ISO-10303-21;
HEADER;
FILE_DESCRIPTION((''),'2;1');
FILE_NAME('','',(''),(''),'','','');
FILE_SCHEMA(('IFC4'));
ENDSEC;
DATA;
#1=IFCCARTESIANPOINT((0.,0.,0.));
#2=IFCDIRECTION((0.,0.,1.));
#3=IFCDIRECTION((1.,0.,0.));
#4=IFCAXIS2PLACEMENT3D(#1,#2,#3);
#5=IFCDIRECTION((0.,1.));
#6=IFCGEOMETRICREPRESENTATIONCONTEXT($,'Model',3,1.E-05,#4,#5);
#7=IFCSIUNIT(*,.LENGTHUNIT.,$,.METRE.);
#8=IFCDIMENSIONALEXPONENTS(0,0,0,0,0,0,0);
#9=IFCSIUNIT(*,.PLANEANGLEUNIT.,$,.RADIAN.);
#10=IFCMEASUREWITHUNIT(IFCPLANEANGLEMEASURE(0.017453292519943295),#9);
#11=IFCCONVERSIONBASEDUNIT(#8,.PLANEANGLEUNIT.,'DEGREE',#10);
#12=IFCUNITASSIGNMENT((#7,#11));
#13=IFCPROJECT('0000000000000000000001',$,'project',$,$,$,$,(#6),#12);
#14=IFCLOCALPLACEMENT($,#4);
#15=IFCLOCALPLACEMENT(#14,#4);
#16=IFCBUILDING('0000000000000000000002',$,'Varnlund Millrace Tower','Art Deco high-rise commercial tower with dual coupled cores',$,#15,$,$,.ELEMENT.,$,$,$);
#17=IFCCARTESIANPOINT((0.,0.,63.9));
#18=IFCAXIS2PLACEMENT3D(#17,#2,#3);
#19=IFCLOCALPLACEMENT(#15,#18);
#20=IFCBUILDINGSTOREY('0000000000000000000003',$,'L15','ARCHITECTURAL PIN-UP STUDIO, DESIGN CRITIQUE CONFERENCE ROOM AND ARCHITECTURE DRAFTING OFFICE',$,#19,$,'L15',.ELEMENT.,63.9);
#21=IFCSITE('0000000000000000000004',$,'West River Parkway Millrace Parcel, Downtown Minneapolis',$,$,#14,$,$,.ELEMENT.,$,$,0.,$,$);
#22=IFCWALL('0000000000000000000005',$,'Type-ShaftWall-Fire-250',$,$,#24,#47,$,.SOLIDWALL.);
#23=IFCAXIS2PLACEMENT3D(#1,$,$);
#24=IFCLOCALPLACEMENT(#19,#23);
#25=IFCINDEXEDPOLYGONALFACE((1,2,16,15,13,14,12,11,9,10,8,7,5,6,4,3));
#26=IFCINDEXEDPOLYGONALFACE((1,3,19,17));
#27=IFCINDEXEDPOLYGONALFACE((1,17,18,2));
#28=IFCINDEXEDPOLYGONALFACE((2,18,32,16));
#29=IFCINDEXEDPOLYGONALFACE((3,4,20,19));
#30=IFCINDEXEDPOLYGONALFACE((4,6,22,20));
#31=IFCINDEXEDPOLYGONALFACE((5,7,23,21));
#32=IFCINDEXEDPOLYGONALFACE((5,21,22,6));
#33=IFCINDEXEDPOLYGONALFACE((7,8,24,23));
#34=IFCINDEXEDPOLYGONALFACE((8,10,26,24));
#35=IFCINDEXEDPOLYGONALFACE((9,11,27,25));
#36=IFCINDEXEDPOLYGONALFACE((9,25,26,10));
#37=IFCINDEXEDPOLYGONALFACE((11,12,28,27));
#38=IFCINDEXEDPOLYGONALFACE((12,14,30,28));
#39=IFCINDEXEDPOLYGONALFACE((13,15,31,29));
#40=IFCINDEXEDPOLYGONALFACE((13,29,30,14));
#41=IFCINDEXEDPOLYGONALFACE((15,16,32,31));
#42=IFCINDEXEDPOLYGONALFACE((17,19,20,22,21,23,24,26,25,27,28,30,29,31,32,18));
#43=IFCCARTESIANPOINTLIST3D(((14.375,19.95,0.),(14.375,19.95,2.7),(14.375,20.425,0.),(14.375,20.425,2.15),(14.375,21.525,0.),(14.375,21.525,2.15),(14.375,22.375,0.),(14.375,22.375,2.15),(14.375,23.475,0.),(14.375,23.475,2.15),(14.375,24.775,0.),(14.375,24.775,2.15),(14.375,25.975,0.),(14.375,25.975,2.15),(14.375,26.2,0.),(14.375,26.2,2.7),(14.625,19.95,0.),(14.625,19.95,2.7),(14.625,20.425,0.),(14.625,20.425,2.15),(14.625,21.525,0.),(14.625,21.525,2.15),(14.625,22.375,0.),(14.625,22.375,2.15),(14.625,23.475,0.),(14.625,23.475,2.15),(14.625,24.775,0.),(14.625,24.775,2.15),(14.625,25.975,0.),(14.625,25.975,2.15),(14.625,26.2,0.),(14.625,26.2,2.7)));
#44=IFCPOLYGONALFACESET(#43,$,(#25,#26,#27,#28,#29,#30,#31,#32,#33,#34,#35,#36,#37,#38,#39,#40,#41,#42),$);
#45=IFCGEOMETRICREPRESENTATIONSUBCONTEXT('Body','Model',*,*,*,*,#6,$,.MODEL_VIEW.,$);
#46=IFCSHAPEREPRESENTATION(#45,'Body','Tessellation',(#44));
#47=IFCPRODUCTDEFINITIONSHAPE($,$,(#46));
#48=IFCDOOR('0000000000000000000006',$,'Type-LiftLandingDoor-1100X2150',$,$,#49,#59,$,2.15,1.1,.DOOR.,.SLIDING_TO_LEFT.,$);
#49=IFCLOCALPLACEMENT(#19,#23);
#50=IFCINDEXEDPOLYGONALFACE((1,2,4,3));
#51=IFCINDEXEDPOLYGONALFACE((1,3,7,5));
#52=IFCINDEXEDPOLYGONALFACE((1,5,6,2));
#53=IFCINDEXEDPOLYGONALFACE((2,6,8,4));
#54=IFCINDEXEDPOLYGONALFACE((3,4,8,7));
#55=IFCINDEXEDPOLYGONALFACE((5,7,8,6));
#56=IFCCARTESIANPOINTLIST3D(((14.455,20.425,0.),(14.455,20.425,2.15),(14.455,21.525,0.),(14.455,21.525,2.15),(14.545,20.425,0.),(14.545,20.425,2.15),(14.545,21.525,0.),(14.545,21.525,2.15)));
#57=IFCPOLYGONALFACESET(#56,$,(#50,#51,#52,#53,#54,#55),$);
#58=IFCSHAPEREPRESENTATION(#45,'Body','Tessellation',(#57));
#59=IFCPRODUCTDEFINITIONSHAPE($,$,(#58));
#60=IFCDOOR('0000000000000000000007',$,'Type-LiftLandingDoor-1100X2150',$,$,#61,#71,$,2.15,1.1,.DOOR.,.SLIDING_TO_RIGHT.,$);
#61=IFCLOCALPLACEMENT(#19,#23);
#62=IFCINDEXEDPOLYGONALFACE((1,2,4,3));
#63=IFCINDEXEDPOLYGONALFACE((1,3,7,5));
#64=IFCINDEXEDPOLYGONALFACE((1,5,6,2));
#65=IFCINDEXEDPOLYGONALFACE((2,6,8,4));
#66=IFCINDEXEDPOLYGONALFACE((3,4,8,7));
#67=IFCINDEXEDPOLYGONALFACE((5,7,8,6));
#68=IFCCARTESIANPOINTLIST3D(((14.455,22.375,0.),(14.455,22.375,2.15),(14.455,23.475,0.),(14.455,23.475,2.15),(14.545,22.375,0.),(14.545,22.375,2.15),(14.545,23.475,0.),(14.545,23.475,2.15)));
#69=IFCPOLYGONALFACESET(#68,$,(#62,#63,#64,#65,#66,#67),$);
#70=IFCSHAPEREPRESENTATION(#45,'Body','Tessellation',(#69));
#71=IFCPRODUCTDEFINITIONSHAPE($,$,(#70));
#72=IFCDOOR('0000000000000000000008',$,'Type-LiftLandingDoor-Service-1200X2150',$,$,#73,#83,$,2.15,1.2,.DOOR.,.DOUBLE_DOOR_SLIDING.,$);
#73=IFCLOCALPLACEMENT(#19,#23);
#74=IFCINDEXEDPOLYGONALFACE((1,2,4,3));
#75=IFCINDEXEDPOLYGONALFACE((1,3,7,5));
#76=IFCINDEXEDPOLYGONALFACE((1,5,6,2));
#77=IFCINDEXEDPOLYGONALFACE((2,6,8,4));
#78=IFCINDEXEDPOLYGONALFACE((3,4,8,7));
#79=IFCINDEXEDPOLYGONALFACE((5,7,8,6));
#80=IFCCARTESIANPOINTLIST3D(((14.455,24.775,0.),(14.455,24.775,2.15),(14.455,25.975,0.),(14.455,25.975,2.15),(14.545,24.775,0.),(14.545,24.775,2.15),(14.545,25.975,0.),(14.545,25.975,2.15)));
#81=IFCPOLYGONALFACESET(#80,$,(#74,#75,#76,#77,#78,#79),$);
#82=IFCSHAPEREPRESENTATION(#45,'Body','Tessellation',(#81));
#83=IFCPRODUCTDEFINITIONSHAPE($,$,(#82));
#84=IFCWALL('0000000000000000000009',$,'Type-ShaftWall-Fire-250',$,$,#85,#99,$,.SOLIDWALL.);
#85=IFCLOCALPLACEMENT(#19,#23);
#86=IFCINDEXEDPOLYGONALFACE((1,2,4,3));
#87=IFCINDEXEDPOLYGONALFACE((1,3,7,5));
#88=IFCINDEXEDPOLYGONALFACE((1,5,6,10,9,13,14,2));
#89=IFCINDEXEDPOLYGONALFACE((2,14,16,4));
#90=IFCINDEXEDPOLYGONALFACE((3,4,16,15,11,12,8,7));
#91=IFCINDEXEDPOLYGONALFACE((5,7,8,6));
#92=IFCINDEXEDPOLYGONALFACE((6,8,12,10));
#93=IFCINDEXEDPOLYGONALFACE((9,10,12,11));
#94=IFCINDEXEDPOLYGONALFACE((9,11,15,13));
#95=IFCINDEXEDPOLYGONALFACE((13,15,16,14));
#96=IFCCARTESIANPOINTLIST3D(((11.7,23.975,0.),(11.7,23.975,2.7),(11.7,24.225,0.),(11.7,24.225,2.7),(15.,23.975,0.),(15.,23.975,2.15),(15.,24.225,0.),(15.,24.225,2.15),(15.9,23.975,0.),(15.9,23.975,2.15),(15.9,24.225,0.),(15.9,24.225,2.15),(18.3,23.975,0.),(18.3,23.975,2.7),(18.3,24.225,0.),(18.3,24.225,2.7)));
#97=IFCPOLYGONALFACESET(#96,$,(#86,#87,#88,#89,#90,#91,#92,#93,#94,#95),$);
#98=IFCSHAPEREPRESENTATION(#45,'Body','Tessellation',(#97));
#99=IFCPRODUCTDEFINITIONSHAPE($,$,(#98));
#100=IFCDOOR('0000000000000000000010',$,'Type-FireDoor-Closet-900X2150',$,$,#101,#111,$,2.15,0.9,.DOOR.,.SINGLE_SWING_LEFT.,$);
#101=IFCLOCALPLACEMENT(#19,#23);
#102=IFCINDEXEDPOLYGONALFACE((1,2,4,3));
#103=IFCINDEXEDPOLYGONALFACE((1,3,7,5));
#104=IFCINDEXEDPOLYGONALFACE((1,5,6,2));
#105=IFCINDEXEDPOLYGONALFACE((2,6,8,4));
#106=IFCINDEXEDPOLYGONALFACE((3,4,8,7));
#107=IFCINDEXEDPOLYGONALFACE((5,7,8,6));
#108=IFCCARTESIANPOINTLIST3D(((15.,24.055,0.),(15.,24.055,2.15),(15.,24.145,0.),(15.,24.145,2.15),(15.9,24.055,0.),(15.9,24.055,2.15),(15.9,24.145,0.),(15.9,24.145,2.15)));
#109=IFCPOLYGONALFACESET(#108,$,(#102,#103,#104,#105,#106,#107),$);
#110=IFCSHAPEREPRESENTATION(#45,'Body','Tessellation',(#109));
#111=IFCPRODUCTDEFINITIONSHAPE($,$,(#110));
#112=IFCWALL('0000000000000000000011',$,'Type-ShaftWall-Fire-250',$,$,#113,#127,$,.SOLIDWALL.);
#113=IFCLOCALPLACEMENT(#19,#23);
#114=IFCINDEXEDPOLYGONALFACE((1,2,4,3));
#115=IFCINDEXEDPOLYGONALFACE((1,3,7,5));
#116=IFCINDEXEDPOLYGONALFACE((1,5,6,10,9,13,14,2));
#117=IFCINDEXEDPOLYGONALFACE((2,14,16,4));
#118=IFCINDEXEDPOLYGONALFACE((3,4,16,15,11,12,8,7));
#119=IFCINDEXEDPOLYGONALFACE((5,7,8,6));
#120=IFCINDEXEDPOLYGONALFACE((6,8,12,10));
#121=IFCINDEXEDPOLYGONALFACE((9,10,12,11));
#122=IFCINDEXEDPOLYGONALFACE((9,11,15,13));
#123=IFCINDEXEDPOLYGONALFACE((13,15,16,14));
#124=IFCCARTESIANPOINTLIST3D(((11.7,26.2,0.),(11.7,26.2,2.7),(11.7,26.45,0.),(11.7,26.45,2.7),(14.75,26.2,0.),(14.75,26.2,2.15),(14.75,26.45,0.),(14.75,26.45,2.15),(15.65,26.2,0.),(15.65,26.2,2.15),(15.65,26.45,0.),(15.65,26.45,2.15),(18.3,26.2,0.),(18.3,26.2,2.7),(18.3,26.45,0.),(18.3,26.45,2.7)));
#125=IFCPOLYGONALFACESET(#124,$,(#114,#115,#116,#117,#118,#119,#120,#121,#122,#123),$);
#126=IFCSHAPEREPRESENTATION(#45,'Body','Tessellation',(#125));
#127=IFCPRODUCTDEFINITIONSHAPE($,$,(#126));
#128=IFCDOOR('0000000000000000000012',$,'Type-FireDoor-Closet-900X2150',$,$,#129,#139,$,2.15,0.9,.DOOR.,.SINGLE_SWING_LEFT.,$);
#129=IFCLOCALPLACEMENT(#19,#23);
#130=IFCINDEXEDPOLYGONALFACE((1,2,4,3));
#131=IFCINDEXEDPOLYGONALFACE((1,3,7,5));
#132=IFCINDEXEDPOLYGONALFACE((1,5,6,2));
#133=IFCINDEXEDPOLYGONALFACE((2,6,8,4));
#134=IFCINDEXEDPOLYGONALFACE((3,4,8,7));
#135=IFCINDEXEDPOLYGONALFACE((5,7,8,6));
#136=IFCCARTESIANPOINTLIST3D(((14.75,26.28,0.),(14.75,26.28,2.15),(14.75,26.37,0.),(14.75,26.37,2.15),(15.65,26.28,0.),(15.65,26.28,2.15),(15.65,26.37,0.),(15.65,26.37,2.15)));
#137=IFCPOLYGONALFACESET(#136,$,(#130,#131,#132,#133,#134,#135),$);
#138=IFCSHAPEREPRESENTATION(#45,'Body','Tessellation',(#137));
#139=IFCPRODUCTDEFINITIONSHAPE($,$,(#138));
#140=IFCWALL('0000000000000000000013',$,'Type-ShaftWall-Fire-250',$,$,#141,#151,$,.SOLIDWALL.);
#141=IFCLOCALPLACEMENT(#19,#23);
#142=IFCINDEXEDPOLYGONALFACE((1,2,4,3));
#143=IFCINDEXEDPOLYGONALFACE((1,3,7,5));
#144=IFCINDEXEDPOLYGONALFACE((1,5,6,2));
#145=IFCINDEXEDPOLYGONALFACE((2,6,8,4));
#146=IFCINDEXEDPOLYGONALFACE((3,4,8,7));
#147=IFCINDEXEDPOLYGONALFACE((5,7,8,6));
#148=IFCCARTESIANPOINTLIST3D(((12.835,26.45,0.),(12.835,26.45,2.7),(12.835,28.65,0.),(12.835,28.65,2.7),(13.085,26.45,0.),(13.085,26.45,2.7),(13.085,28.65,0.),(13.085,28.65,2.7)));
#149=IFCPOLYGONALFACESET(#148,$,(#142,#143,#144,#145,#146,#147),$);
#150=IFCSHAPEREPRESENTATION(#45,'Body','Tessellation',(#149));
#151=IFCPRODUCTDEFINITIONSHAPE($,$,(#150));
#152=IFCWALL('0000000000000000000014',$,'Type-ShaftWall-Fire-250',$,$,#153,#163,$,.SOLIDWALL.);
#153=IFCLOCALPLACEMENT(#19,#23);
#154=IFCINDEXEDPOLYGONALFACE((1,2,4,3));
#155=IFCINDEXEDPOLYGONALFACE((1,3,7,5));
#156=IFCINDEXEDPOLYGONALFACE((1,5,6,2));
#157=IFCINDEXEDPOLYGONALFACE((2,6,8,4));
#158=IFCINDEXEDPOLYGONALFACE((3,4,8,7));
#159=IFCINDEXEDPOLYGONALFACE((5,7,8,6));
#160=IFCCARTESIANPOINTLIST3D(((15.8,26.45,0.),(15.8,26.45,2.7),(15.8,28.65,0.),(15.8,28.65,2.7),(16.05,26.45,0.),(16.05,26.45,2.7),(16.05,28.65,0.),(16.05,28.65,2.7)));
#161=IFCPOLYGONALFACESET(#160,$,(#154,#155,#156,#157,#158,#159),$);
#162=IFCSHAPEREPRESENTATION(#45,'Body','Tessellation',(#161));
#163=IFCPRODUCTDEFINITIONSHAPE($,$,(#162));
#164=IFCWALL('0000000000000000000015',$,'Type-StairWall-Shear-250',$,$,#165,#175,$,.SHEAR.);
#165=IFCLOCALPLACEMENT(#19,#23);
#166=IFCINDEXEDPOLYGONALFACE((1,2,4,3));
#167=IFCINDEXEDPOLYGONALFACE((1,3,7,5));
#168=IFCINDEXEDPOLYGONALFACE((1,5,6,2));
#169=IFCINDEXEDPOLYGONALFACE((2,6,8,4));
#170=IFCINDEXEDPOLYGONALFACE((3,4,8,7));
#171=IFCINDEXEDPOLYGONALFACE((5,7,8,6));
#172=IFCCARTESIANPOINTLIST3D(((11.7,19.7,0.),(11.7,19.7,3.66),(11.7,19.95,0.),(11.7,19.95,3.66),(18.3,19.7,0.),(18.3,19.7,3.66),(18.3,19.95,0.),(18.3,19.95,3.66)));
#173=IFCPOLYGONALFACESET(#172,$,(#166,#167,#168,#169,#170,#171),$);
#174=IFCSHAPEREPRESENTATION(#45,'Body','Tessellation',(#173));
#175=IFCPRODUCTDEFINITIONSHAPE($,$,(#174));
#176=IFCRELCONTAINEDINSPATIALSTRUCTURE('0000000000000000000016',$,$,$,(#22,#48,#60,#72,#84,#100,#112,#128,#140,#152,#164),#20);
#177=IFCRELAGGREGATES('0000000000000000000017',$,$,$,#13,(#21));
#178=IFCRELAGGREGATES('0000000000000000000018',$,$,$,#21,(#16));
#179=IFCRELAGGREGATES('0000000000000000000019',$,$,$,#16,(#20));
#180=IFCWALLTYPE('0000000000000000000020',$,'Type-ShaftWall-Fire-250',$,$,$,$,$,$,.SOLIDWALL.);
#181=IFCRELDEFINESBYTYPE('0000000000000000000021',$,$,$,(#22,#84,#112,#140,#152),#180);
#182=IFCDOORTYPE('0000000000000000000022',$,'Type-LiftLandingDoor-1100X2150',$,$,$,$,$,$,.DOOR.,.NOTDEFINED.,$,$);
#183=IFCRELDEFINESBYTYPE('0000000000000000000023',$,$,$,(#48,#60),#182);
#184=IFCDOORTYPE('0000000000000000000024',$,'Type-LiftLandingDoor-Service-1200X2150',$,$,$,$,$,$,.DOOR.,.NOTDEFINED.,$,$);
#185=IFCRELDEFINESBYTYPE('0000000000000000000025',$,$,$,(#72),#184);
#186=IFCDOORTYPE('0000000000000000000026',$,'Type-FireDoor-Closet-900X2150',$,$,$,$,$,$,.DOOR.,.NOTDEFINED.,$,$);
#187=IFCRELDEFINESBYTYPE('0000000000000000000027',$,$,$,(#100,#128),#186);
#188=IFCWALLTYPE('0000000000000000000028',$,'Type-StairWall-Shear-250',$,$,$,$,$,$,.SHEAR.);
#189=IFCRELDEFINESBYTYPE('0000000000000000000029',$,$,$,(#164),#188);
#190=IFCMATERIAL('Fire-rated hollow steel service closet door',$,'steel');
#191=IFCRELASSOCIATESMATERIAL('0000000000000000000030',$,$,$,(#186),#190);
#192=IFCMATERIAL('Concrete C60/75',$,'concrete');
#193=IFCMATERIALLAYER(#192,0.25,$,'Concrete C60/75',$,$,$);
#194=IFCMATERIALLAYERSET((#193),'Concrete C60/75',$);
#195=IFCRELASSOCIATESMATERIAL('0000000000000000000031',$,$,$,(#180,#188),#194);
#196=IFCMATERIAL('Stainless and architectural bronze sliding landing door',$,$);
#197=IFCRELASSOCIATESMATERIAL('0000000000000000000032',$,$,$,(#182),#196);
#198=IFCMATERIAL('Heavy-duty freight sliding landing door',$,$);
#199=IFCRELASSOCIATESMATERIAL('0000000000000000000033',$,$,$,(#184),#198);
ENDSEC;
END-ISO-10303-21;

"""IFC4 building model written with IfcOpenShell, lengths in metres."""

from ifc_helpers import new_model, entity, si_unit, converted_unit, direction, frame, origin_with_axes, origin_2d_with_axis, place, context, subcontext, project, spatial, polyline, rectangle, outline, extrude, material, layer, layer_set, type_object, element, fill, save


model = new_model("IFC4")

# Units and contexts
model_context = context("Model", 3, precision=1e-05, world=origin_with_axes(), true_north=direction((0.0, 1.0)))
body_context = subcontext(model_context, "Body", "Model", "MODEL_VIEW")
ifc_project = project(units=[si_unit("LENGTHUNIT", "METRE"), converted_unit("PLANEANGLEUNIT", "DEGREE", entity("IfcPlaneAngleMeasure", 0.017453292519943295), si_unit("PLANEANGLEUNIT", "RADIAN"), dimensions=[0, 0, 0, 0, 0, 0, 0])], contexts=[model_context])

# Site, building, storey
site_placement = place(None, origin_with_axes())
site = spatial("IfcSite", under=ifc_project, at=site_placement, Name="West River Parkway Millrace Parcel, Downtown Minneapolis", CompositionType="ELEMENT", RefElevation=0.0)
building_placement = place(site_placement, origin_with_axes())
building = spatial("IfcBuilding", under=site, at=building_placement, Name="Varnlund Millrace Tower", Description="Art Deco high-rise commercial tower with dual coupled cores", CompositionType="ELEMENT")
storey_placement = place(building_placement, frame((0.0, 0.0, 63.9), z_axis=(0.0, 0.0, 1.0), x_axis=(1.0, 0.0, 0.0)))
storey = spatial("IfcBuildingStorey", under=building, at=storey_placement, Name="L15", Description="ARCHITECTURAL PIN-UP STUDIO, DESIGN CRITIQUE CONFERENCE ROOM AND ARCHITECTURE DRAFTING OFFICE", LongName="L15", CompositionType="ELEMENT", Elevation=63.9)

# Wall, openings, doors
ifc_material_1 = material(Name="Fire-rated hollow steel service closet door", Category="steel")
door_type_1 = type_object("IfcDoorType", Name="Type-FireDoor-Closet-900X2150", OperationType="NOTDEFINED", PredefinedType="DOOR", material=ifc_material_1)
ifc_material_2 = material(Name="Concrete C60/75", Category="concrete")
ifc_layer_1 = layer(ifc_material_2, 0.25, Name="Concrete C60/75")
ifc_layer_set_1 = layer_set([ifc_layer_1], Name="Concrete C60/75")
wall_type_1 = type_object("IfcWallType", Name="Type-ShaftWall-Fire-250", PredefinedType="SOLIDWALL", material=ifc_layer_set_1)
wall_1_placement = place(storey_placement, frame((14.5, 19.95, 0.0), z_axis=(0.0, 0.0, 1.0), x_axis=(0.0, 1.0, 0.0)))
wall_1 = element("IfcWall", 1, at=wall_1_placement, inside=storey, type_object=wall_type_1, Name="Type-ShaftWall-Fire-250", PredefinedType="SOLIDWALL", context=body_context, shape_type="SweptSolid", body=[
    extrude(outline(polyline([(0.0, -0.125), (6.25, -0.125), (6.25, 0.125), (0.0, 0.125), (0.0, -0.125)])), origin_with_axes(), (0.0, 0.0, 1.0), 2.7),
])
opening_1_placement = place(wall_1_placement, frame((1.025, 0.0, 0.0), z_axis=(0.0, 0.0, 1.0), x_axis=(1.0, 0.0, 0.0)))
opening_1 = element("IfcOpeningElement", 2, at=opening_1_placement, cuts=wall_1, PredefinedType="OPENING", context=body_context, shape_type="SweptSolid", body=[
    extrude(rectangle(XDim=1.1, YDim=0.27, at=origin_2d_with_axis()), origin_with_axes(), (0.0, 0.0, 1.0), 2.15),
])
opening_2_placement = place(wall_1_placement, frame((2.975, 0.0, 0.0), z_axis=(0.0, 0.0, 1.0), x_axis=(1.0, 0.0, 0.0)))
opening_2 = element("IfcOpeningElement", 3, at=opening_2_placement, cuts=wall_1, PredefinedType="OPENING", context=body_context, shape_type="SweptSolid", body=[
    extrude(rectangle(XDim=1.1, YDim=0.27, at=origin_2d_with_axis()), origin_with_axes(), (0.0, 0.0, 1.0), 2.15),
])
opening_3_placement = place(wall_1_placement, frame((5.425, 0.0, 0.0), z_axis=(0.0, 0.0, 1.0), x_axis=(1.0, 0.0, 0.0)))
opening_3 = element("IfcOpeningElement", 4, at=opening_3_placement, cuts=wall_1, PredefinedType="OPENING", context=body_context, shape_type="SweptSolid", body=[
    extrude(rectangle(XDim=1.2, YDim=0.27, at=origin_2d_with_axis()), origin_with_axes(), (0.0, 0.0, 1.0), 2.15),
])
ifc_material_3 = material(Name="Stainless and architectural bronze sliding landing door")
door_type_2 = type_object("IfcDoorType", Name="Type-LiftLandingDoor-1100X2150", OperationType="NOTDEFINED", PredefinedType="DOOR", material=ifc_material_3)
door_1_placement = place(wall_1_placement, frame((1.025, 0.0, 0.0), z_axis=(0.0, 0.0, 1.0), x_axis=(1.0, 0.0, 0.0)))
door_1 = element("IfcDoor", 5, at=door_1_placement, inside=storey, type_object=door_type_2, Name="Type-LiftLandingDoor-1100X2150", OperationType="SLIDING_TO_LEFT", OverallHeight=2.15, OverallWidth=1.1, PredefinedType="DOOR", context=body_context, shape_type="SweptSolid", body=[
    extrude(rectangle(XDim=1.1, YDim=0.09, at=origin_2d_with_axis()), origin_with_axes(), (0.0, 0.0, 1.0), 2.15),
])
fill(opening_1, door_1)
door_2_placement = place(wall_1_placement, frame((2.975, 0.0, 0.0), z_axis=(0.0, 0.0, 1.0), x_axis=(1.0, 0.0, 0.0)))
door_2 = element("IfcDoor", 6, at=door_2_placement, inside=storey, type_object=door_type_2, Name="Type-LiftLandingDoor-1100X2150", OperationType="SLIDING_TO_RIGHT", OverallHeight=2.15, OverallWidth=1.1, PredefinedType="DOOR", context=body_context, shape_type="SweptSolid", body=[
    extrude(rectangle(XDim=1.1, YDim=0.09, at=origin_2d_with_axis()), origin_with_axes(), (0.0, 0.0, 1.0), 2.15),
])
fill(opening_2, door_2)
ifc_material_4 = material(Name="Heavy-duty freight sliding landing door")
door_type_3 = type_object("IfcDoorType", Name="Type-LiftLandingDoor-Service-1200X2150", OperationType="NOTDEFINED", PredefinedType="DOOR", material=ifc_material_4)
door_3_placement = place(wall_1_placement, frame((5.425, 0.0, 0.0), z_axis=(0.0, 0.0, 1.0), x_axis=(1.0, 0.0, 0.0)))
door_3 = element("IfcDoor", 7, at=door_3_placement, inside=storey, type_object=door_type_3, Name="Type-LiftLandingDoor-Service-1200X2150", OperationType="DOUBLE_DOOR_SLIDING", OverallHeight=2.15, OverallWidth=1.2, PredefinedType="DOOR", context=body_context, shape_type="SweptSolid", body=[
    extrude(rectangle(XDim=1.2, YDim=0.09, at=origin_2d_with_axis()), origin_with_axes(), (0.0, 0.0, 1.0), 2.15),
])
fill(opening_3, door_3)

# Walls, openings, doors
wall_2_placement = place(storey_placement, frame((11.7, 24.1, 0.0), z_axis=(0.0, 0.0, 1.0), x_axis=(1.0, 0.0, 0.0)))
wall_2 = element("IfcWall", 8, at=wall_2_placement, inside=storey, type_object=wall_type_1, Name="Type-ShaftWall-Fire-250", PredefinedType="SOLIDWALL", context=body_context, shape_type="SweptSolid", body=[
    extrude(outline(polyline([(0.0, -0.125), (6.6, -0.125), (6.6, 0.125), (0.0, 0.125), (0.0, -0.125)])), origin_with_axes(), (0.0, 0.0, 1.0), 2.7),
])
opening_4_placement = place(wall_2_placement, frame((3.75, 0.0, 0.0), z_axis=(0.0, 0.0, 1.0), x_axis=(1.0, 0.0, 0.0)))
opening_4 = element("IfcOpeningElement", 9, at=opening_4_placement, cuts=wall_2, PredefinedType="OPENING", context=body_context, shape_type="SweptSolid", body=[
    extrude(rectangle(XDim=0.9, YDim=0.27, at=origin_2d_with_axis()), origin_with_axes(), (0.0, 0.0, 1.0), 2.15),
])
door_4_placement = place(wall_2_placement, frame((3.75, 0.0, 0.0), z_axis=(0.0, 0.0, 1.0), x_axis=(1.0, 0.0, 0.0)))
door_4 = element("IfcDoor", 10, at=door_4_placement, inside=storey, type_object=door_type_1, Name="Type-FireDoor-Closet-900X2150", OperationType="SINGLE_SWING_LEFT", OverallHeight=2.15, OverallWidth=0.9, PredefinedType="DOOR", context=body_context, shape_type="SweptSolid", body=[
    extrude(rectangle(XDim=0.9, YDim=0.09, at=origin_2d_with_axis()), origin_with_axes(), (0.0, 0.0, 1.0), 2.15),
])
fill(opening_4, door_4)
wall_3_placement = place(storey_placement, frame((11.7, 26.325, 0.0), z_axis=(0.0, 0.0, 1.0), x_axis=(1.0, 0.0, 0.0)))
wall_3 = element("IfcWall", 11, at=wall_3_placement, inside=storey, type_object=wall_type_1, Name="Type-ShaftWall-Fire-250", PredefinedType="SOLIDWALL", context=body_context, shape_type="SweptSolid", body=[
    extrude(outline(polyline([(0.0, -0.125), (6.6, -0.125), (6.6, 0.125), (0.0, 0.125), (0.0, -0.125)])), origin_with_axes(), (0.0, 0.0, 1.0), 2.7),
])
opening_5_placement = place(wall_3_placement, frame((3.5, 0.0, 0.0), z_axis=(0.0, 0.0, 1.0), x_axis=(1.0, 0.0, 0.0)))
opening_5 = element("IfcOpeningElement", 12, at=opening_5_placement, cuts=wall_3, PredefinedType="OPENING", context=body_context, shape_type="SweptSolid", body=[
    extrude(rectangle(XDim=0.9, YDim=0.27, at=origin_2d_with_axis()), origin_with_axes(), (0.0, 0.0, 1.0), 2.15),
])
door_5_placement = place(wall_3_placement, frame((3.5, 0.0, 0.0), z_axis=(0.0, 0.0, 1.0), x_axis=(1.0, 0.0, 0.0)))
door_5 = element("IfcDoor", 13, at=door_5_placement, inside=storey, type_object=door_type_1, Name="Type-FireDoor-Closet-900X2150", OperationType="SINGLE_SWING_LEFT", OverallHeight=2.15, OverallWidth=0.9, PredefinedType="DOOR", context=body_context, shape_type="SweptSolid", body=[
    extrude(rectangle(XDim=0.9, YDim=0.09, at=origin_2d_with_axis()), origin_with_axes(), (0.0, 0.0, 1.0), 2.15),
])
fill(opening_5, door_5)

# Walls
for number, where, z_axis, x_axis, name in (
    (14, (12.96, 26.45, 0.0), (0.0, 0.0, 1.0), (0.0, 1.0, 0.0), "Type-ShaftWall-Fire-250"),
    (15, (15.925, 26.45, 0.0), (0.0, 0.0, 1.0), (0.0, 1.0, 0.0), "Type-ShaftWall-Fire-250"),
):
    element("IfcWall", number, at=place(storey_placement, frame(where, z_axis=z_axis, x_axis=x_axis)), inside=storey, type_object=wall_type_1, Name=name, PredefinedType="SOLIDWALL", context=body_context, shape_type="SweptSolid", body=[
        extrude(outline(polyline([(0.0, -0.125), (2.2, -0.125), (2.2, 0.125), (0.0, 0.125), (0.0, -0.125)])), origin_with_axes(), (0.0, 0.0, 1.0), 2.7),
    ])
wall_type_2 = type_object("IfcWallType", Name="Type-StairWall-Shear-250", PredefinedType="SHEAR", material=ifc_layer_set_1)
wall_4_placement = place(storey_placement, frame((11.7, 19.825, 0.0), z_axis=(0.0, 0.0, 1.0), x_axis=(1.0, 0.0, 0.0)))
element("IfcWall", 16, at=wall_4_placement, inside=storey, type_object=wall_type_2, Name="Type-StairWall-Shear-250", PredefinedType="SHEAR", context=body_context, shape_type="SweptSolid", body=[
    extrude(outline(polyline([(0.0, -0.125), (6.6, -0.125), (6.6, 0.125), (0.0, 0.125), (0.0, -0.125)])), origin_with_axes(), (0.0, 0.0, 1.0), 3.66),
])

save(model, "model.ifc")
